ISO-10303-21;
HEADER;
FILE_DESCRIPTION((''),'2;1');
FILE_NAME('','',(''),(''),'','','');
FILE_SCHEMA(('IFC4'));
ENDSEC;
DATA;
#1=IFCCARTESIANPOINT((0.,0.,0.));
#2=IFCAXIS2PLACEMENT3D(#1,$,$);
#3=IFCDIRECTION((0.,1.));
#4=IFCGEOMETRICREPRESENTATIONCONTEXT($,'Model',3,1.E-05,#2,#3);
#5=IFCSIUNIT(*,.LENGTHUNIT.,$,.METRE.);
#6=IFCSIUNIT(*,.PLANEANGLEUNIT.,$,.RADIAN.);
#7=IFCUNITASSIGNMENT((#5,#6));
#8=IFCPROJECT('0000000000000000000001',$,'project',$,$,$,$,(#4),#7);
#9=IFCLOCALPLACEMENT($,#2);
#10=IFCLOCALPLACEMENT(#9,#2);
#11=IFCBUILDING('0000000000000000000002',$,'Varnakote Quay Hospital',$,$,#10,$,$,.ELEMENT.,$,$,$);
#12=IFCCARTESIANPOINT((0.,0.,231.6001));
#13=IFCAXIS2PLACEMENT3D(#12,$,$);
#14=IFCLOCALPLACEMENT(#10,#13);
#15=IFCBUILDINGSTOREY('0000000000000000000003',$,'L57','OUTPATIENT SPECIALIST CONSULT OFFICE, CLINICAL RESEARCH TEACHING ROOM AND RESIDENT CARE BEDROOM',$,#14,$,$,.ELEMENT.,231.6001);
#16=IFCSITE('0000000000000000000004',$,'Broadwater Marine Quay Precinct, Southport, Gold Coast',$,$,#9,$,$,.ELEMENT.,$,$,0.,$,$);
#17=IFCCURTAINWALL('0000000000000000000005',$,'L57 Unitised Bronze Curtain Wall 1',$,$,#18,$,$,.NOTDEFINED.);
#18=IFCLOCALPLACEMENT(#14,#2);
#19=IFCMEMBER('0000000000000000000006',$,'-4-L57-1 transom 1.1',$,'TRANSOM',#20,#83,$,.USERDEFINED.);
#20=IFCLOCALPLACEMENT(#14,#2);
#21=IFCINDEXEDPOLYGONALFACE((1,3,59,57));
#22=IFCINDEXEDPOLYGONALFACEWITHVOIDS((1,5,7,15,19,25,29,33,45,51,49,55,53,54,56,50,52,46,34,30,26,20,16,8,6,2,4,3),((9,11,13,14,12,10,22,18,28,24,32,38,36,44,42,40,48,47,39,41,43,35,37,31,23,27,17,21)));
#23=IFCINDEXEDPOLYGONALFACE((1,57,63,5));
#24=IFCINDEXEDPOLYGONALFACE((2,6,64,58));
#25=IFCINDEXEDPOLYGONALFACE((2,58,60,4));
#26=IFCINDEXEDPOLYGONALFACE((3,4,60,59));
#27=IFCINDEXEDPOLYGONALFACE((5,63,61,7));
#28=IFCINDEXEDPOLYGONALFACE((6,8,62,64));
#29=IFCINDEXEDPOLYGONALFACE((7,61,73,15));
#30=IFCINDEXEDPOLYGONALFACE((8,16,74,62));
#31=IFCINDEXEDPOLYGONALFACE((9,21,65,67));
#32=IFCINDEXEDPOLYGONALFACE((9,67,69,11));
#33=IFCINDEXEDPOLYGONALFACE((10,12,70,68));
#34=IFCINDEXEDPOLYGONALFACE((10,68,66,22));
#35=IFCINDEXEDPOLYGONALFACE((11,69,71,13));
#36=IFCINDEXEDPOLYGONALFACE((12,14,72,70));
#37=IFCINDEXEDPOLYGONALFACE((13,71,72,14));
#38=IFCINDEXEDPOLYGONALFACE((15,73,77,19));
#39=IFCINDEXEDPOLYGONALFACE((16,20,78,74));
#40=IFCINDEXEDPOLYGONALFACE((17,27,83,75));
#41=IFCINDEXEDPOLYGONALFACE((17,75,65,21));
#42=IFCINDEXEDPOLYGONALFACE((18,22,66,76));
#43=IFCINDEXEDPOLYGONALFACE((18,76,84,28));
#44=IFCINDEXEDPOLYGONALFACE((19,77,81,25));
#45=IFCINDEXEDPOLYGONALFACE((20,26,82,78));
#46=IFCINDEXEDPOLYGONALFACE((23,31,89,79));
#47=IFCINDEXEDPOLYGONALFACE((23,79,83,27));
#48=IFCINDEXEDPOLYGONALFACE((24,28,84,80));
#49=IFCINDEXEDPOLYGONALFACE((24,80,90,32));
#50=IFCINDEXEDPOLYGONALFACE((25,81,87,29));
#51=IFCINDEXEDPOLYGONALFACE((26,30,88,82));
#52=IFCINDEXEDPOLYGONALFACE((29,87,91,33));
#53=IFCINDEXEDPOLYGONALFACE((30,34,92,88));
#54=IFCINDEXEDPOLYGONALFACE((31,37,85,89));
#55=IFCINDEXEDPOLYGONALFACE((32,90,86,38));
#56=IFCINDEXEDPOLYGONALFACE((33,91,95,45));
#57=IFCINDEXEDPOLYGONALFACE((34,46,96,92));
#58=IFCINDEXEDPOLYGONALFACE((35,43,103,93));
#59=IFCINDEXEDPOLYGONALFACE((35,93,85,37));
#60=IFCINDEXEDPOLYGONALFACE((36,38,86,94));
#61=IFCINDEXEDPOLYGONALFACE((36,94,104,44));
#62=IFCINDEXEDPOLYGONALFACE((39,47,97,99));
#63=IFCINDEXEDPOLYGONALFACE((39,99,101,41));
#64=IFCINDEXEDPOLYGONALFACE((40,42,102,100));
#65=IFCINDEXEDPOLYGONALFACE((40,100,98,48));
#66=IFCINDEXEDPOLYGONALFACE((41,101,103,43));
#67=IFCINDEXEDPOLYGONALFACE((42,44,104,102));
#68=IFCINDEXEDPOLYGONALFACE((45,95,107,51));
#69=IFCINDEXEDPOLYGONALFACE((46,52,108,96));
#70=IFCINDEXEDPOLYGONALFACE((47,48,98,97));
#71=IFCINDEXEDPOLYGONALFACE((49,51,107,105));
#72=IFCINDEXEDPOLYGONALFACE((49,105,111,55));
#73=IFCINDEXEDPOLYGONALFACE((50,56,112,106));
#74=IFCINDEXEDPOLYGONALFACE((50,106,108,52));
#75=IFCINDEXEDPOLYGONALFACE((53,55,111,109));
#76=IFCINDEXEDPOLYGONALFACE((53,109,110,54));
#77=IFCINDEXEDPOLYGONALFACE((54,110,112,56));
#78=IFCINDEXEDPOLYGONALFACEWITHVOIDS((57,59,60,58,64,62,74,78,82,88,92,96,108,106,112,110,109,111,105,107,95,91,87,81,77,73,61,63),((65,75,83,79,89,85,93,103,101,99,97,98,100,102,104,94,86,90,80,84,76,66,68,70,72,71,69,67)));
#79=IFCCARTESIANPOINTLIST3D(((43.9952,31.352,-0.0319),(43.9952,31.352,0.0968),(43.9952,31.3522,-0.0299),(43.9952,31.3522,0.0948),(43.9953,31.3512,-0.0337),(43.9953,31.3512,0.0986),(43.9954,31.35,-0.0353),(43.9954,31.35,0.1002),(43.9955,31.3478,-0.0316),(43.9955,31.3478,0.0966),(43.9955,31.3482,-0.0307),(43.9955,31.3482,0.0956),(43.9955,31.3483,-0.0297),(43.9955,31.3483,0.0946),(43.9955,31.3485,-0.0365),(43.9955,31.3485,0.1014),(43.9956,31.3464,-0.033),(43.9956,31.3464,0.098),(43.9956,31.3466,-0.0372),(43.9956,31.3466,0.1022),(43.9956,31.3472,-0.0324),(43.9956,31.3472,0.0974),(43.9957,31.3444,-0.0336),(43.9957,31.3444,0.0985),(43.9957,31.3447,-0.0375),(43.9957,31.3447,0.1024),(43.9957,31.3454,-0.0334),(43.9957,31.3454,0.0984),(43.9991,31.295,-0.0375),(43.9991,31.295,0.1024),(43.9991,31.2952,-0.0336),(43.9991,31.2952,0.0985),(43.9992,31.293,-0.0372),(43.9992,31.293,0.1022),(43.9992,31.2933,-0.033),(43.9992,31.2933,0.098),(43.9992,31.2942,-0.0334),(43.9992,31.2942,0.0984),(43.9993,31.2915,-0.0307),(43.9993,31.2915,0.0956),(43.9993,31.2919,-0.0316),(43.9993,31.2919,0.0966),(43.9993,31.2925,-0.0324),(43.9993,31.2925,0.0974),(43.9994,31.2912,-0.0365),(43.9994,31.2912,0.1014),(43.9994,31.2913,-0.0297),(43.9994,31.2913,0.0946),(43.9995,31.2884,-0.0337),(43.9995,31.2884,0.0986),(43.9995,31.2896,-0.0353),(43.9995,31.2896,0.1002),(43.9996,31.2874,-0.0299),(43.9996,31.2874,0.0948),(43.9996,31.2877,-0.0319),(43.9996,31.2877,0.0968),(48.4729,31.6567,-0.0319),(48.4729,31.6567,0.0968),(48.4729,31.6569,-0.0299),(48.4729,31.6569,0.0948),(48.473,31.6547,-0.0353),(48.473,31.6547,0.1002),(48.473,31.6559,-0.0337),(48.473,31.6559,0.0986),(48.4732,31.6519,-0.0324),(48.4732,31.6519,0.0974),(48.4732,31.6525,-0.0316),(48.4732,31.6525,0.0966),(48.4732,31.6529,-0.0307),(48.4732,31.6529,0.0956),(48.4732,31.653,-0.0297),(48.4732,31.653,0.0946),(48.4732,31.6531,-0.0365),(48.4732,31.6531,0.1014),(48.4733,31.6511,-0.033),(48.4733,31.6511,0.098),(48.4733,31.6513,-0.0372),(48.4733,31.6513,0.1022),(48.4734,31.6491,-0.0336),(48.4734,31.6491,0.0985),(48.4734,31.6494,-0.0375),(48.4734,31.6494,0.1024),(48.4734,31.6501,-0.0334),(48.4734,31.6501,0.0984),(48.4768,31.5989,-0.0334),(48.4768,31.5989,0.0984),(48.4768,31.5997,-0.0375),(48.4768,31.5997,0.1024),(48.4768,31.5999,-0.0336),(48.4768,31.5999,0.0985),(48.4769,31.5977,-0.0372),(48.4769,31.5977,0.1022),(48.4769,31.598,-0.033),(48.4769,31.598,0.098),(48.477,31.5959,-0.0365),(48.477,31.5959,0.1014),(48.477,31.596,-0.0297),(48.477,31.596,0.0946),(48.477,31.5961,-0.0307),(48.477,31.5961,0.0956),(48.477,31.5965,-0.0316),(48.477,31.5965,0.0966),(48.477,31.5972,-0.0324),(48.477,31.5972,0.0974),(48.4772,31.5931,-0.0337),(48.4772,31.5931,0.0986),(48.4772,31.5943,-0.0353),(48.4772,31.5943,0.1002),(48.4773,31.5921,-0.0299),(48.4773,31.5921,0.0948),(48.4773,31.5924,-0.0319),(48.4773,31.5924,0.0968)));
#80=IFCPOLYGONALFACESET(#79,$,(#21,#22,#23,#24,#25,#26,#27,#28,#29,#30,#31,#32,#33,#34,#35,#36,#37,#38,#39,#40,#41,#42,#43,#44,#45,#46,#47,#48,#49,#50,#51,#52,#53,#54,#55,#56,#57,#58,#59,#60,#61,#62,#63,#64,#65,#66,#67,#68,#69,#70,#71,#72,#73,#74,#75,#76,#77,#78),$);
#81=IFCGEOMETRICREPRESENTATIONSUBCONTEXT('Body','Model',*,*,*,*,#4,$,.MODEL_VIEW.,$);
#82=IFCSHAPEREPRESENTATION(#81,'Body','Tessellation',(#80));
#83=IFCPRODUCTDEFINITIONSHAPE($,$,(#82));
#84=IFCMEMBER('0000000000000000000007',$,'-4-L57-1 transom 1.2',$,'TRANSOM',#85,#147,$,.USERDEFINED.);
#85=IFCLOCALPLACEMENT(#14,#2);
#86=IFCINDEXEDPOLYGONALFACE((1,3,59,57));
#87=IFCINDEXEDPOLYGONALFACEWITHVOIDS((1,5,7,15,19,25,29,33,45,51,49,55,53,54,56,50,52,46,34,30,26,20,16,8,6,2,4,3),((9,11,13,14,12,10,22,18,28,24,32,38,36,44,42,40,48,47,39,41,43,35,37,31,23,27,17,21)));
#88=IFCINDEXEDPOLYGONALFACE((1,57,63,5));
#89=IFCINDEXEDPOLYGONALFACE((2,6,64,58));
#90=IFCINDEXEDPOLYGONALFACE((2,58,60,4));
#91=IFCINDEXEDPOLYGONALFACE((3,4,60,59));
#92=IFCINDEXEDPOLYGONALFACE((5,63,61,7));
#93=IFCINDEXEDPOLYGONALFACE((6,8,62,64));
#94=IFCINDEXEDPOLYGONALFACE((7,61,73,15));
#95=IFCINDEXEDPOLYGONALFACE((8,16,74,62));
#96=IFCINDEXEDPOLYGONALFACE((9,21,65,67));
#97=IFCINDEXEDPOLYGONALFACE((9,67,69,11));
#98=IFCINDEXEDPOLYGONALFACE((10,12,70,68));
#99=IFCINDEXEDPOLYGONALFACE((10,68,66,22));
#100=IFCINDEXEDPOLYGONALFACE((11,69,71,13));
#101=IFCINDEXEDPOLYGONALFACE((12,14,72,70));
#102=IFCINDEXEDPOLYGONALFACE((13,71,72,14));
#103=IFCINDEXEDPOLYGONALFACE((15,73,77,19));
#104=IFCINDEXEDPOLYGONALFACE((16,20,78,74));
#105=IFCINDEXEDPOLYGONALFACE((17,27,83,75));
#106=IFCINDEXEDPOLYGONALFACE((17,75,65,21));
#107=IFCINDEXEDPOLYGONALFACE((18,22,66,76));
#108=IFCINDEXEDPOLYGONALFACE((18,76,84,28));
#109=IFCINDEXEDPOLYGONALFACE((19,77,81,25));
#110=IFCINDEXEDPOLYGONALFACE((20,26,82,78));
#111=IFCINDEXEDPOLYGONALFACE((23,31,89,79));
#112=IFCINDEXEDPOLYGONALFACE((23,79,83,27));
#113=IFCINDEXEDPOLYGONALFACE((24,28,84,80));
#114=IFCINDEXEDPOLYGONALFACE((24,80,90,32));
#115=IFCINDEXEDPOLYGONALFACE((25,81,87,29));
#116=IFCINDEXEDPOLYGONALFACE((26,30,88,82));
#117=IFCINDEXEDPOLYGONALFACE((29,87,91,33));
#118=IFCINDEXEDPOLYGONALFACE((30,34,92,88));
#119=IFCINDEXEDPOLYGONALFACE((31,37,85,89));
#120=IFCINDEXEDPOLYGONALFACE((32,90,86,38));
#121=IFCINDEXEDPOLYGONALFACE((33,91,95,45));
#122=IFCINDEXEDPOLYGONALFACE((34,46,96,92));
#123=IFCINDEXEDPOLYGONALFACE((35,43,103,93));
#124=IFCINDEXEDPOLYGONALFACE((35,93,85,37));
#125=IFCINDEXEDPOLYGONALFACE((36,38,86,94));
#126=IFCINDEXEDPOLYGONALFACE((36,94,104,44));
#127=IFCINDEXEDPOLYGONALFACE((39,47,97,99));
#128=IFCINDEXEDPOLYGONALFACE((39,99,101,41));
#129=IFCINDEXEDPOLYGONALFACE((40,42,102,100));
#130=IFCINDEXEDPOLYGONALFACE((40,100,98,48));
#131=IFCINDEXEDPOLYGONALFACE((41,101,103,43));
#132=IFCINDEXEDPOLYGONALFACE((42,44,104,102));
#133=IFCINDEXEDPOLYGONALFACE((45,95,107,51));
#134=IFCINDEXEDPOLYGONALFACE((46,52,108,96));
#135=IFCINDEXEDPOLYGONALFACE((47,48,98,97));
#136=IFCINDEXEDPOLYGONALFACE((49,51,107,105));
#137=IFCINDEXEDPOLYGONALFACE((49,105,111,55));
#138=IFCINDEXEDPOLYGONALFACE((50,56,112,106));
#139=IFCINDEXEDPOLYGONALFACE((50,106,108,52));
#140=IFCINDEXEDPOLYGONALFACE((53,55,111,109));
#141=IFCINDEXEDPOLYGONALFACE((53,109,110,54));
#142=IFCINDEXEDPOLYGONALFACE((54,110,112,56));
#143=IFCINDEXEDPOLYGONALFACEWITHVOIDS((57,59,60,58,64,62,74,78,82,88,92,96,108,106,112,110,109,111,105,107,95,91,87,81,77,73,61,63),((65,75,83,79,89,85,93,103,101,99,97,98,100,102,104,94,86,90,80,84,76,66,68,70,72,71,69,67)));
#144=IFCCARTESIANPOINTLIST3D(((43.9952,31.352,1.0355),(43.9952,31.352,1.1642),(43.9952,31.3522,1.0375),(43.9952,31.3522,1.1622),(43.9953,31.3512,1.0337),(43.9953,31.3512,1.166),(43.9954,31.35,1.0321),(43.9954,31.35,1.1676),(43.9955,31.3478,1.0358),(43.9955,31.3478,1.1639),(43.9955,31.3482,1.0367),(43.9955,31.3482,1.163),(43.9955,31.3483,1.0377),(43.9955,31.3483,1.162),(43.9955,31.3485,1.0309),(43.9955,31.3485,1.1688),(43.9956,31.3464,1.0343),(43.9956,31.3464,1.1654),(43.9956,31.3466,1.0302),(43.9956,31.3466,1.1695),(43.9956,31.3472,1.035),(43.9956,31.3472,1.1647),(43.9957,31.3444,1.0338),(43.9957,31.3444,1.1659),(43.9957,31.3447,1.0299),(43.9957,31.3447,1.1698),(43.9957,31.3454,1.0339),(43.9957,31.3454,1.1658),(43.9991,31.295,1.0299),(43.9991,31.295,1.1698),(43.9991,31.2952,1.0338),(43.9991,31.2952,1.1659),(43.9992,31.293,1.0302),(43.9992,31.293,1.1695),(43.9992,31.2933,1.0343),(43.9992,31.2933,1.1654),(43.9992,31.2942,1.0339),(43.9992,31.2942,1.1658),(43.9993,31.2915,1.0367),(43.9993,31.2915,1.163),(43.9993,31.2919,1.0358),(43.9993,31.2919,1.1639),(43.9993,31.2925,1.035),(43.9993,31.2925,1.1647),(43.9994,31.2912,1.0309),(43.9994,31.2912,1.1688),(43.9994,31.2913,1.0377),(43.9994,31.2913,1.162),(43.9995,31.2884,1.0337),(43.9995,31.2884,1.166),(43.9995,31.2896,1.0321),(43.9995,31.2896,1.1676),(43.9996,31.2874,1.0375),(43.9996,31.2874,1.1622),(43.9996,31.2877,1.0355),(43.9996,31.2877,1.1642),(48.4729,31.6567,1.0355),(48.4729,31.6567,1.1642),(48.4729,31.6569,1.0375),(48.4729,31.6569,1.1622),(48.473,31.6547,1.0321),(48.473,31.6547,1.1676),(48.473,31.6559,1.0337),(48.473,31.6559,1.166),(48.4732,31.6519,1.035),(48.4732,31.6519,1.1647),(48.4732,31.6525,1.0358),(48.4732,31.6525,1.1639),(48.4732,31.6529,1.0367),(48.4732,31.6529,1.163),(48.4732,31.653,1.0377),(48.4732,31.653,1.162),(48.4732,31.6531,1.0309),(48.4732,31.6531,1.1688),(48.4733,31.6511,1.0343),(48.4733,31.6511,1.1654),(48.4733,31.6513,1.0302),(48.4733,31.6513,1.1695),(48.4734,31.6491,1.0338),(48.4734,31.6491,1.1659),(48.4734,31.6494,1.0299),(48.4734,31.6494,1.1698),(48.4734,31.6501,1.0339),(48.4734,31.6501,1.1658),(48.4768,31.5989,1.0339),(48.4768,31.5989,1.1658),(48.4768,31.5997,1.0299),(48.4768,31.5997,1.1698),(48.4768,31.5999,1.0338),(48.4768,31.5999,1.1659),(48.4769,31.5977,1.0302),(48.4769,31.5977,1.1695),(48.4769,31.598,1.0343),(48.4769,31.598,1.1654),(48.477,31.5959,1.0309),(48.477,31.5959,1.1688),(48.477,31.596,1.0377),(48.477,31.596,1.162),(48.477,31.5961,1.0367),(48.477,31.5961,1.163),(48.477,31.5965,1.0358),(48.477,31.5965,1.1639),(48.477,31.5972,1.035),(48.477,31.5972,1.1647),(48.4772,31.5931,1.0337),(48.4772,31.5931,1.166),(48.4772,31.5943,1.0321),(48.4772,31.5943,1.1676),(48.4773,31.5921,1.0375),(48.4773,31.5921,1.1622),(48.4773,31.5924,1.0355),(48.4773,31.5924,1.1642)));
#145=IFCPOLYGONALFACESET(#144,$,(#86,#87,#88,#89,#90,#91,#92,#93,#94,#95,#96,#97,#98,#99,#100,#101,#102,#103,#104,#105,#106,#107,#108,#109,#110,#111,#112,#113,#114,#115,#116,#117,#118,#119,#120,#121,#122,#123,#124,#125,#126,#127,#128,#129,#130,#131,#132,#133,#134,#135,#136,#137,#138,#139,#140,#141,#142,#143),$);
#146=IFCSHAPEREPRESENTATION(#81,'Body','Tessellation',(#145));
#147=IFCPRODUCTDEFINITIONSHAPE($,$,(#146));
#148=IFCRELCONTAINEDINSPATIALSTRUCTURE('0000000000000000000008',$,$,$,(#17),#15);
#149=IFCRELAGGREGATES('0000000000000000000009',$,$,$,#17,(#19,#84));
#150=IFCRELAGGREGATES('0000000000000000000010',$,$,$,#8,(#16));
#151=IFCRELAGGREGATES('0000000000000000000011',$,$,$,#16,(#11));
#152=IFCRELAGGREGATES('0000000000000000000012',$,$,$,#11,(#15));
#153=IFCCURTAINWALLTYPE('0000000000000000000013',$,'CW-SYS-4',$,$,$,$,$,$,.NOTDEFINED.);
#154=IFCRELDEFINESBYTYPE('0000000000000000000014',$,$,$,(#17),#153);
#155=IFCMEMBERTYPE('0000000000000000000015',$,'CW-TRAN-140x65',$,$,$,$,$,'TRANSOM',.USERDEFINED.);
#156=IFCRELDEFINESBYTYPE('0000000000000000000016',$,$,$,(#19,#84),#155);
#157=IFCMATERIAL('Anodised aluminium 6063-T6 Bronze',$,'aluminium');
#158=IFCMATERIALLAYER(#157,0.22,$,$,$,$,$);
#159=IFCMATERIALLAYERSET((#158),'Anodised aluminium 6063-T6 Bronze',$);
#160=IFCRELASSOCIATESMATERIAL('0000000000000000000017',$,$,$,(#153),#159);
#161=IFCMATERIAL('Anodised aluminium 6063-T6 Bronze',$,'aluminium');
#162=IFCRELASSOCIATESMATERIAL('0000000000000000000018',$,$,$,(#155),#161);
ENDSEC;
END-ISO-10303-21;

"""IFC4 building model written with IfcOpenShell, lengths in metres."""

from ifc_helpers import new_model, si_unit, direction, frame, origin, origin_2d, place, context, subcontext, project, spatial, hollow_rectangle, extrude, material, layer, layer_set, material_profile, profile_set, type_object, element, aggregate, save


model = new_model("IFC4")

# Units and contexts
model_context = context("Model", 3, precision=1e-05, world=origin(), true_north=direction((0.0, 1.0)))
body_context = subcontext(model_context, "Body", "Model", "MODEL_VIEW")
ifc_project = project(units=[si_unit("LENGTHUNIT", "METRE"), si_unit("PLANEANGLEUNIT", "RADIAN")], contexts=[model_context])

# Site, building, storey
site_placement = place(None, origin())
site = spatial("IfcSite", under=ifc_project, at=site_placement, Name="Broadwater Marine Quay Precinct, Southport, Gold Coast", CompositionType="ELEMENT", RefElevation=0.0)
building_placement = place(site_placement, origin())
building = spatial("IfcBuilding", under=site, at=building_placement, Name="Varnakote Quay Hospital", CompositionType="ELEMENT")
storey_placement = place(building_placement, frame((0.0, 0.0, 231.6001)))
storey = spatial("IfcBuildingStorey", under=building, at=storey_placement, Name="L57", Description="OUTPATIENT SPECIALIST CONSULT OFFICE, CLINICAL RESEARCH TEACHING ROOM AND RESIDENT CARE BEDROOM", CompositionType="ELEMENT", Elevation=231.6001)

# Curtain wall, members
ifc_material_1 = material(Name="Anodised aluminium 6063-T6 Bronze", Category="aluminium")
ifc_layer_1 = layer(ifc_material_1, 0.22)
ifc_layer_set_1 = layer_set([ifc_layer_1], Name="Anodised aluminium 6063-T6 Bronze")
curtain_wall_type = type_object("IfcCurtainWallType", Name="CW-SYS-4", PredefinedType="NOTDEFINED", material=ifc_layer_set_1)
curtain_wall_placement = place(storey_placement, origin())
curtain_wall = element("IfcCurtainWall", 1, at=curtain_wall_placement, inside=storey, type_object=curtain_wall_type, Name="L57 Unitised Bronze Curtain Wall 1", PredefinedType="NOTDEFINED")
ifc_material_2 = material(Name="Anodised aluminium 6063-T6 Bronze", Category="aluminium")
ifc_material_profile_1 = material_profile(ifc_material_2, hollow_rectangle(XDim=0.0649, YDim=0.1399, WallThickness=0.0039, InnerFilletRadius=0.0039, OuterFilletRadius=0.0076, at=origin_2d()), Name="CW-TRAN-140x65")
ifc_profile_set_1 = profile_set([ifc_material_profile_1], Name="Anodised aluminium 6063-T6 Bronze")
member_type_1 = type_object("IfcMemberType", Name="CW-TRAN-140x65", ElementType="TRANSOM", PredefinedType="USERDEFINED", material=ifc_profile_set_1)
member_1_placement = place(storey_placement, frame((48.4751, 31.6245, 0.0325), z_axis=(-0.997693, -0.067887, 0.0), x_axis=(0.067887, -0.997693, 0.0)))
member_1 = element("IfcMember", 2, at=member_1_placement, type_object=member_type_1, Name="-4-L57-1 transom 1.1", ObjectType="TRANSOM", PredefinedType="USERDEFINED", context=body_context, shape_type="SweptSolid", body=[
    extrude(hollow_rectangle(XDim=0.0649, YDim=0.1399, WallThickness=0.0039, InnerFilletRadius=0.0039, OuterFilletRadius=0.0076, at=origin_2d()), origin(), (0.0, 0.0, 1.0), 4.488),
])
member_2_placement = place(storey_placement, frame((48.4751, 31.6245, 1.0999), z_axis=(-0.997693, -0.067887, 0.0), x_axis=(0.067887, -0.997693, 0.0)))
member_2 = element("IfcMember", 3, at=member_2_placement, type_object=member_type_1, Name="-4-L57-1 transom 1.2", ObjectType="TRANSOM", PredefinedType="USERDEFINED", context=body_context, shape_type="SweptSolid", body=[
    extrude(hollow_rectangle(XDim=0.0649, YDim=0.1399, WallThickness=0.0039, InnerFilletRadius=0.0039, OuterFilletRadius=0.0076, at=origin_2d()), origin(), (0.0, 0.0, 1.0), 4.488),
])
aggregate(curtain_wall, [member_1, member_2])

save(model, "model.ifc")
